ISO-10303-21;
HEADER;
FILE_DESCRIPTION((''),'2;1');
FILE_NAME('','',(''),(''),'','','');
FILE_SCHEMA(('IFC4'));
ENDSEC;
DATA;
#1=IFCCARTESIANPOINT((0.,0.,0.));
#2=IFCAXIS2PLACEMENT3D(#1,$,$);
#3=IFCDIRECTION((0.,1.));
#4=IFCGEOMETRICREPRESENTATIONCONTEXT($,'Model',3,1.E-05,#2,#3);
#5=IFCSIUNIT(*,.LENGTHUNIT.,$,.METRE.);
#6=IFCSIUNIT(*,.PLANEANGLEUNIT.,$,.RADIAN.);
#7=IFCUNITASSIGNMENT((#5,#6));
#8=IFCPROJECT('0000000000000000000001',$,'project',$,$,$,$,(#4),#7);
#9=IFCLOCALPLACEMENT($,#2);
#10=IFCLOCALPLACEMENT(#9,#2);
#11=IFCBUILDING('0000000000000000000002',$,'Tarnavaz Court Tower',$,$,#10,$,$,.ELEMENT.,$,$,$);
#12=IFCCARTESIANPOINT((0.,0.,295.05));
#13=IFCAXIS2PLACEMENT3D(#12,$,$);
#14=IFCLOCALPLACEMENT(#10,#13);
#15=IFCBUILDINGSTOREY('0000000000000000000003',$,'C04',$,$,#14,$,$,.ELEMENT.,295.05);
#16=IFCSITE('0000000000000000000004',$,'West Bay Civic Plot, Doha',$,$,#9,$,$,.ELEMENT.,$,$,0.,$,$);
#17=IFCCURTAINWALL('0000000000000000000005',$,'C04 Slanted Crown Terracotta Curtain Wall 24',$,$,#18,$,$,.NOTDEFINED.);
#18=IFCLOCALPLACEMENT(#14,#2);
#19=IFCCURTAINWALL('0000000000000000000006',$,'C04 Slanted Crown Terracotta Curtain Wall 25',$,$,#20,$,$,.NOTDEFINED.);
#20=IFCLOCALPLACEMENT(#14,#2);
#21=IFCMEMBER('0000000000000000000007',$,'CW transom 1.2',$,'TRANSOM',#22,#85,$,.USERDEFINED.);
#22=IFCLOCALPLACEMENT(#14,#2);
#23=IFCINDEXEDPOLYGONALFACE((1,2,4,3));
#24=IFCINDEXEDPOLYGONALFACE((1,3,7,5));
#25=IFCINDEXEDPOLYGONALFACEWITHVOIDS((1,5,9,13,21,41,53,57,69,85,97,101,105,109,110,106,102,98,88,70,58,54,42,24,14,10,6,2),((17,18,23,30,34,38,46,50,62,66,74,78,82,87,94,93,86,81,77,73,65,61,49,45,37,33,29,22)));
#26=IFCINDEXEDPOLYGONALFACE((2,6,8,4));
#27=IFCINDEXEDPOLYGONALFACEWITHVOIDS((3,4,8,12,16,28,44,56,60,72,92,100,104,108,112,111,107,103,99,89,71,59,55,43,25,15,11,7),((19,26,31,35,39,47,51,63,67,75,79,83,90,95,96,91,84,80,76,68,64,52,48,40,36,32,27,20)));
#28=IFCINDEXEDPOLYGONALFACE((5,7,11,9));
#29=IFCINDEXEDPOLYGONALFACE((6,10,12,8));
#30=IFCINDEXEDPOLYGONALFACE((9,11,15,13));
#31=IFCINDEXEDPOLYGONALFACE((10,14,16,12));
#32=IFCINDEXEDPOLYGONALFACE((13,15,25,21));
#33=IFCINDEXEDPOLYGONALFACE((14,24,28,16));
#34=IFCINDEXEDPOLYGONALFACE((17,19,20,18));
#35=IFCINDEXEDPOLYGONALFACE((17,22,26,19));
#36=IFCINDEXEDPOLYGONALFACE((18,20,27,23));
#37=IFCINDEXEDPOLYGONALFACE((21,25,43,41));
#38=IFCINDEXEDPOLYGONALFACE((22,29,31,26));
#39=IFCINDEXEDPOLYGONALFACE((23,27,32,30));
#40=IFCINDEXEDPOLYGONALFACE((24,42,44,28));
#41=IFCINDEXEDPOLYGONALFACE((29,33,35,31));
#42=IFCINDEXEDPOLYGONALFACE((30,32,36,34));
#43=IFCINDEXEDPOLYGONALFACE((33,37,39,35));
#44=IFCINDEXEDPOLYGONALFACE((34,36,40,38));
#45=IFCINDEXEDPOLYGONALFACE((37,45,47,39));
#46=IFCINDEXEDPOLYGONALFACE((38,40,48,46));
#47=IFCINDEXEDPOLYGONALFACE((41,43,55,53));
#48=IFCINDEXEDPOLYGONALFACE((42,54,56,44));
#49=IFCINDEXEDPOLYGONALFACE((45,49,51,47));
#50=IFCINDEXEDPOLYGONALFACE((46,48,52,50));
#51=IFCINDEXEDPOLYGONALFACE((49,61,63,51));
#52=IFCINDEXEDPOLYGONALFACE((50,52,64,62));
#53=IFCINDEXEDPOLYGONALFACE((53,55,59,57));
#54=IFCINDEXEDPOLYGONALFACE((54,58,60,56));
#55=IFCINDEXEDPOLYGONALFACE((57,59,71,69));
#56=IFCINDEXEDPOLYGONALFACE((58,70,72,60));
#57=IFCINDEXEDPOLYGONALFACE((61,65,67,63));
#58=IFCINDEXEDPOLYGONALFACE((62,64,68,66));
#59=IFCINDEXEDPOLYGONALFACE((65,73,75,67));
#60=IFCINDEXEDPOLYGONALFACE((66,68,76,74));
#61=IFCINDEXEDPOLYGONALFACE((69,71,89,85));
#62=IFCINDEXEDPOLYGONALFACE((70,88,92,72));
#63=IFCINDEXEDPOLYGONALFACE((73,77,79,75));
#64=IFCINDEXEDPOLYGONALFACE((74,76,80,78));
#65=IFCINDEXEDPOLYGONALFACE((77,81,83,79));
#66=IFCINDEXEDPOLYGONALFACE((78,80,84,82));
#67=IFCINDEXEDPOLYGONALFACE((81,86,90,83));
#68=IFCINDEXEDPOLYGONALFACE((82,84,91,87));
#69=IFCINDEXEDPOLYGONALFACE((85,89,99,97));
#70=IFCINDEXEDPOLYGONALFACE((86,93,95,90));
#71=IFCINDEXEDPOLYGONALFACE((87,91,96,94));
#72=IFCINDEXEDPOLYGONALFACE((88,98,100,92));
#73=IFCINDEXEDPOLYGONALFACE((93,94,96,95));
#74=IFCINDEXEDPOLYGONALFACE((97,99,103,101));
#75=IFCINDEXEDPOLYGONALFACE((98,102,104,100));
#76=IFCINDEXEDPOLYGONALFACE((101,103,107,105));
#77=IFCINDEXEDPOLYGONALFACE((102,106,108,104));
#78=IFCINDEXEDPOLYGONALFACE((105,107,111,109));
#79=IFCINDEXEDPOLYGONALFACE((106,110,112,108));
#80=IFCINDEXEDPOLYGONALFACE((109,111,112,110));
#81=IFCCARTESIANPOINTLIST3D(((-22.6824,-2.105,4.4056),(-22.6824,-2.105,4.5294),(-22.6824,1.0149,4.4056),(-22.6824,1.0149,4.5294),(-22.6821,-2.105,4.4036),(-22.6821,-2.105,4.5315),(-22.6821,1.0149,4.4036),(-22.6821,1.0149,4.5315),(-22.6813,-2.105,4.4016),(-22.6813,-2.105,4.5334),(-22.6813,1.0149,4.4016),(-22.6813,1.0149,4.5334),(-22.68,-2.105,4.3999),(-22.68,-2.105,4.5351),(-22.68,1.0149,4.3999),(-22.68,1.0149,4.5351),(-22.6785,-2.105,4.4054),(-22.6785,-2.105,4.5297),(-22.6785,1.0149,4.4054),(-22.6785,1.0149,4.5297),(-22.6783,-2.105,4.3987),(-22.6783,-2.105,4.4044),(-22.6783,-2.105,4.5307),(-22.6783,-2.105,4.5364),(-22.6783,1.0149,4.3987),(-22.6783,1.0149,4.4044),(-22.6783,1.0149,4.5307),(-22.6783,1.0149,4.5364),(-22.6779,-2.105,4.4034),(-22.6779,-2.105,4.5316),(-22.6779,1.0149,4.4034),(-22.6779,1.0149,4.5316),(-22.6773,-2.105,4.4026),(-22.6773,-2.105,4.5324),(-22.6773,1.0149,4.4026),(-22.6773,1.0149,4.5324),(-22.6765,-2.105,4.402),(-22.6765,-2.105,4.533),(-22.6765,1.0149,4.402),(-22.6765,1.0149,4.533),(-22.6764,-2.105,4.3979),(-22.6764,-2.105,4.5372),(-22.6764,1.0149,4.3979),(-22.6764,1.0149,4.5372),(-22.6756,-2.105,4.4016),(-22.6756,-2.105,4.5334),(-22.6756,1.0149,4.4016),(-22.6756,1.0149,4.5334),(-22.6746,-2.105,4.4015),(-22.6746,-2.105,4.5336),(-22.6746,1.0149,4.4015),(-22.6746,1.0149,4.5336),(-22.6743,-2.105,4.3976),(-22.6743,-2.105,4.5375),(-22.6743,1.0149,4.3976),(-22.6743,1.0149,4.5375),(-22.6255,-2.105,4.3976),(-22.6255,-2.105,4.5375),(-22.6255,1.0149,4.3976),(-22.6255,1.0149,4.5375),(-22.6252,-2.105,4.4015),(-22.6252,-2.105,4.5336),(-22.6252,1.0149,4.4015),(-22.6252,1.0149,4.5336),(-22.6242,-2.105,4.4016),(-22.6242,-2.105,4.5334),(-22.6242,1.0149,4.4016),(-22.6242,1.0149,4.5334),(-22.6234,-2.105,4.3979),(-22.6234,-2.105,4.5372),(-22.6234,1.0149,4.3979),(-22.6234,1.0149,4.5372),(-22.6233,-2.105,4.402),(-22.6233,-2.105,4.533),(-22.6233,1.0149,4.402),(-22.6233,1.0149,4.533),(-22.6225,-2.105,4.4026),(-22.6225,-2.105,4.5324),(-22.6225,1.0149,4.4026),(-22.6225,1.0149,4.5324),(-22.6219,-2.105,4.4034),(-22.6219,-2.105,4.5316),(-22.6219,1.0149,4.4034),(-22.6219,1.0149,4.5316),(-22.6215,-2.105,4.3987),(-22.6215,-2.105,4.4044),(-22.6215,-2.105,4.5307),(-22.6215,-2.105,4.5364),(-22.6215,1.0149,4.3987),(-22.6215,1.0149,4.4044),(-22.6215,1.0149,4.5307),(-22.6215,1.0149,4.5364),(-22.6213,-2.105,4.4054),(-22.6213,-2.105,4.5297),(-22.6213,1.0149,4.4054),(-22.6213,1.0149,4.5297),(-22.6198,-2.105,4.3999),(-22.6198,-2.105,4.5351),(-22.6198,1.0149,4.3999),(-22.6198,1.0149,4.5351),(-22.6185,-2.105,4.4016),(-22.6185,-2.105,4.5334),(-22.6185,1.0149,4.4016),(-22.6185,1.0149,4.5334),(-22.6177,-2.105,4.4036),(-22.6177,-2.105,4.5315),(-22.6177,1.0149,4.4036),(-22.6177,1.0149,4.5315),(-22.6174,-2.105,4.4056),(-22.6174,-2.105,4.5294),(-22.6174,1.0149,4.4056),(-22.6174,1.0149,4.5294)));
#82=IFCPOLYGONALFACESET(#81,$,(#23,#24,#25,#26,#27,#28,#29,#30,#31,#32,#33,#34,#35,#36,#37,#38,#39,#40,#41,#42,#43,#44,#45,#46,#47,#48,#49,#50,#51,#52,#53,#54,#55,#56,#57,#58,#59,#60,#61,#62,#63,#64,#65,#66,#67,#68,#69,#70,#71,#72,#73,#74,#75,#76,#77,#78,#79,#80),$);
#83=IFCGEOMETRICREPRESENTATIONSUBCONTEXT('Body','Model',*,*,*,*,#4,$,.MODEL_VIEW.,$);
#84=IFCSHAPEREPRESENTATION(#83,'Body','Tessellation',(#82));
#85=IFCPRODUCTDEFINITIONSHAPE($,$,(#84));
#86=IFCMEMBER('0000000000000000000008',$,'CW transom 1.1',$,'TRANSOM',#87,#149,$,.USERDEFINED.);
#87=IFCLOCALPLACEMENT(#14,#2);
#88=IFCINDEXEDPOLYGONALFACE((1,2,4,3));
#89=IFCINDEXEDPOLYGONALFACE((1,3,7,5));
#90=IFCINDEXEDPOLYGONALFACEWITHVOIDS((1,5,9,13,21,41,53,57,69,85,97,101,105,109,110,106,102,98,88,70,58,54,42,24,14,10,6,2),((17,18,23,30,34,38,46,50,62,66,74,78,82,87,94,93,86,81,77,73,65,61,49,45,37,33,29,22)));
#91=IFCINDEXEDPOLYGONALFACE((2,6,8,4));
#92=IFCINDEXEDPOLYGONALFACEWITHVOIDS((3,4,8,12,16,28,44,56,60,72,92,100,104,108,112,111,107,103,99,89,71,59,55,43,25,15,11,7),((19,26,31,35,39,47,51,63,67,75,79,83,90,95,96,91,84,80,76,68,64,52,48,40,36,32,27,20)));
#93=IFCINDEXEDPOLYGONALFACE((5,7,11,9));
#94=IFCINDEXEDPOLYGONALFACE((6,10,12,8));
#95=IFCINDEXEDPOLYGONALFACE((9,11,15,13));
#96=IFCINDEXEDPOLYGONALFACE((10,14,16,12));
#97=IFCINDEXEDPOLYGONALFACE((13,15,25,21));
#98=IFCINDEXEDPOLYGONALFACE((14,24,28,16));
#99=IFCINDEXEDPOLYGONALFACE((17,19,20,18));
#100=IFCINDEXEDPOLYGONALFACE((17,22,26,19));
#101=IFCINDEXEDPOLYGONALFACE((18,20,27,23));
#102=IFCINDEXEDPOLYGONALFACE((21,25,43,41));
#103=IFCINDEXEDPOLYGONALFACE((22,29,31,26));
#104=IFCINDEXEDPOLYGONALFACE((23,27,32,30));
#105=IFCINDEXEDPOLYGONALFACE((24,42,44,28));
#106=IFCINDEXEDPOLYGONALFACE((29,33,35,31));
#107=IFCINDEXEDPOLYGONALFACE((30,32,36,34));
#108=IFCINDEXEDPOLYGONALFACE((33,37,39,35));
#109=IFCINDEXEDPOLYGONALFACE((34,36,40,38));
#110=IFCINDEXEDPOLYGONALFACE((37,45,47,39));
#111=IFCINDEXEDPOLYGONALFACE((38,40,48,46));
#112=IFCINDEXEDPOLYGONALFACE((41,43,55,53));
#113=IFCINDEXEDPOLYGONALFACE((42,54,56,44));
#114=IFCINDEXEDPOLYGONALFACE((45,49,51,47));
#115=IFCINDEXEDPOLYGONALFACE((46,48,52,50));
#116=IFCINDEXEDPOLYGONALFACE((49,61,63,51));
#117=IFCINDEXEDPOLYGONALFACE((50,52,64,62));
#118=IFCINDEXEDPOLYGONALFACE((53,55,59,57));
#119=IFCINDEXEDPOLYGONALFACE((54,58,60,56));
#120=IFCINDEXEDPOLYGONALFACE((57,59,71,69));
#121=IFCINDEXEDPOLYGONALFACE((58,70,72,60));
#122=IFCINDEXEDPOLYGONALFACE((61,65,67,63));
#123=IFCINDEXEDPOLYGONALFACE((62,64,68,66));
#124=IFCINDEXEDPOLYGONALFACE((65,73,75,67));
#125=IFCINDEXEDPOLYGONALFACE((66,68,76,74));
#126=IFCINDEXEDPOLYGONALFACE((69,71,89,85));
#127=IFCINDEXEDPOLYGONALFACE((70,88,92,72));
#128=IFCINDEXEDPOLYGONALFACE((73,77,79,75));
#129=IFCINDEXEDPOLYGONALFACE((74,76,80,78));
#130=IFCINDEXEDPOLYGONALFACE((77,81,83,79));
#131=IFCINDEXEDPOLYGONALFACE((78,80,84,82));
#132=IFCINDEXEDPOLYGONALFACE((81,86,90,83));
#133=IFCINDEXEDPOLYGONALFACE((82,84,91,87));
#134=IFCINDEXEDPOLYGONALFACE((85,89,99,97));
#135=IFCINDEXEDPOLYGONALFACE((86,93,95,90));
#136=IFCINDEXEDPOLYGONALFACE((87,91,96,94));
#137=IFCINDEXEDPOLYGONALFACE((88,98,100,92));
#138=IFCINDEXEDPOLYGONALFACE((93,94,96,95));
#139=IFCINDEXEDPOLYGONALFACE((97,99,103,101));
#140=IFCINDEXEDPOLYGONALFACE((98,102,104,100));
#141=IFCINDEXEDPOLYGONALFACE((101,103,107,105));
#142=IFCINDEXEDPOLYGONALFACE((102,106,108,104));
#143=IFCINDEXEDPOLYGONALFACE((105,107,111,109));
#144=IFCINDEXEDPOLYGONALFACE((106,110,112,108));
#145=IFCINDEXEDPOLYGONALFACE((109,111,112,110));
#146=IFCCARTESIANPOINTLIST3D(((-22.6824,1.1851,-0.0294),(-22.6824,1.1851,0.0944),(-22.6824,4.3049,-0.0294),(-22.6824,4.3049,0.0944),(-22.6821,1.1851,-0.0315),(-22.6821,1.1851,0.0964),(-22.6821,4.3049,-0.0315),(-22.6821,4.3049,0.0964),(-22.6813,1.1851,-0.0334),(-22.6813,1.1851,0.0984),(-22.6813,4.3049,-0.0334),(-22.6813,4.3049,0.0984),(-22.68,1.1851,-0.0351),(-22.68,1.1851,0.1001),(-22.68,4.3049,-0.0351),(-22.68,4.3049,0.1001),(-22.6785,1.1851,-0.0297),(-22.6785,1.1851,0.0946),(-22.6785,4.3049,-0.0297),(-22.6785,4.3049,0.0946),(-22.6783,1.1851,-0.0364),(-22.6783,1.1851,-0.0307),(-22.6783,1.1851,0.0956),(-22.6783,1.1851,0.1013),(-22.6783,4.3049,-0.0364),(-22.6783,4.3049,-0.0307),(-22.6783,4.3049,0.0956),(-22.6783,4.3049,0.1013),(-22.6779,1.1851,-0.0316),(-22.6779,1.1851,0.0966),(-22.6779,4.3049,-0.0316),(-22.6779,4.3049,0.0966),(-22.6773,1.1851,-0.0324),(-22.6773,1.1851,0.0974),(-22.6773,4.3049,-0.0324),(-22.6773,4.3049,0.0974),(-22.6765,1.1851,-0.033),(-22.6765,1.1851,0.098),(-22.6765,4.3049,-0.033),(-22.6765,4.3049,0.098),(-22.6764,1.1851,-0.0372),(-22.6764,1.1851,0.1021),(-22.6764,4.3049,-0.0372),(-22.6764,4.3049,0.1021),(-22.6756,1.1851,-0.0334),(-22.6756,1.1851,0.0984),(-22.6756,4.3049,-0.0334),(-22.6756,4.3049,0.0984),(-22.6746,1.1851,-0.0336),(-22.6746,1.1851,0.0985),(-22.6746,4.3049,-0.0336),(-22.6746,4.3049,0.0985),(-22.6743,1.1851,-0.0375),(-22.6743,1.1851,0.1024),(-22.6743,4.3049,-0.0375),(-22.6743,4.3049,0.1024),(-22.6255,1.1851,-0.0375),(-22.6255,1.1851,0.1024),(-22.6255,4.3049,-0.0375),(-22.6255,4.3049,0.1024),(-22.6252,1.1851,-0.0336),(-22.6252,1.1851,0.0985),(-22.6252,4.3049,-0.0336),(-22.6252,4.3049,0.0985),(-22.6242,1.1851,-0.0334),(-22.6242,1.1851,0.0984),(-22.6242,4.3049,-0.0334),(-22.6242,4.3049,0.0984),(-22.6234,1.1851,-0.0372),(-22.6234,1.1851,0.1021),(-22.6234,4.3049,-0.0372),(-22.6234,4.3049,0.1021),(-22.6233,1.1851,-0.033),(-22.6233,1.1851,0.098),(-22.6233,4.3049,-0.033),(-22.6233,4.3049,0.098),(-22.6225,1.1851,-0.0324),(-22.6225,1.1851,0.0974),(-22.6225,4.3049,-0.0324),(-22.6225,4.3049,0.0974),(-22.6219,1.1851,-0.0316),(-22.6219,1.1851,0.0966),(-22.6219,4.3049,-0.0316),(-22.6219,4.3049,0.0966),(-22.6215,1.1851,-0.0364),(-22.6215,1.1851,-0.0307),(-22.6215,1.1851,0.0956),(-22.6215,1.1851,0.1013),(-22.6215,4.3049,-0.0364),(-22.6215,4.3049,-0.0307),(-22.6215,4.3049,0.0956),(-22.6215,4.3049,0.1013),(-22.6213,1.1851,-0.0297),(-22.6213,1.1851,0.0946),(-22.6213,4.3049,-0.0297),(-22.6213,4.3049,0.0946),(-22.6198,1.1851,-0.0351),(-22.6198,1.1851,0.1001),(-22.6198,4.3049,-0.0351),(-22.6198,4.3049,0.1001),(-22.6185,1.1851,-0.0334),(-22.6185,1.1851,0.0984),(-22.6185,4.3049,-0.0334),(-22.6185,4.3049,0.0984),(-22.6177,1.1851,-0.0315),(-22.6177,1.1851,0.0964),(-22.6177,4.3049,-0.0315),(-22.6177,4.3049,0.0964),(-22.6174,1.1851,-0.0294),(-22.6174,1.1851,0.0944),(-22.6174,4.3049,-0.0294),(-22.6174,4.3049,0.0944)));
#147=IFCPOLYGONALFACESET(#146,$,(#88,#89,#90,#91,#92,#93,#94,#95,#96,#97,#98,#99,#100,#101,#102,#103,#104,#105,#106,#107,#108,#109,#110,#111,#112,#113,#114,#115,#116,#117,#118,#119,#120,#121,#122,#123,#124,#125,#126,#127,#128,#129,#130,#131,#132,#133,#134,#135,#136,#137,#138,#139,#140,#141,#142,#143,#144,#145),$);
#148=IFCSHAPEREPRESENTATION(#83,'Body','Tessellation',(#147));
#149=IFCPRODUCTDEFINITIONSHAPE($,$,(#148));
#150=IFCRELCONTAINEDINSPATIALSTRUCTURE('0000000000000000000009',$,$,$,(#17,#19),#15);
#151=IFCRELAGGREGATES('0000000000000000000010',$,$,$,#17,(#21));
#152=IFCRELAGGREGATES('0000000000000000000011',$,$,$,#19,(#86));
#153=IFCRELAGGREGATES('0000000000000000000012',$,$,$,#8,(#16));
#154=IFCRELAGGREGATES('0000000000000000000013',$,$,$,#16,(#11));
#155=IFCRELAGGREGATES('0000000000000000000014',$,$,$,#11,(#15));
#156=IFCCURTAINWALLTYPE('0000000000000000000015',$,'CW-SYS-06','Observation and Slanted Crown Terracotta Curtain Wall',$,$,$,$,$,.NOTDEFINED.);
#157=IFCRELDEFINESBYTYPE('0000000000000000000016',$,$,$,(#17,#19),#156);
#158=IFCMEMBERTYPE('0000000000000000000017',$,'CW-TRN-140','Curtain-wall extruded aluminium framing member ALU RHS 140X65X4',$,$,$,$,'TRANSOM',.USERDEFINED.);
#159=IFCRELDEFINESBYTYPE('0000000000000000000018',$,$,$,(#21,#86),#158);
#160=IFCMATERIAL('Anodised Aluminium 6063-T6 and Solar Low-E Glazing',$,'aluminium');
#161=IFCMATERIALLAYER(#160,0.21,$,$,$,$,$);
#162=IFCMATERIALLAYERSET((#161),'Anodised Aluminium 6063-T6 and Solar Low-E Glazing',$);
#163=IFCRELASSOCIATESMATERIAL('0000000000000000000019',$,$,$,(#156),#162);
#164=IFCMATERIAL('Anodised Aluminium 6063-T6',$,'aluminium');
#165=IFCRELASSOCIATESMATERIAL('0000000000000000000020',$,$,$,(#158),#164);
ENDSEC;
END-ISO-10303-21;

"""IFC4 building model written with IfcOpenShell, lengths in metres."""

from ifc_helpers import new_model, si_unit, direction, frame, origin, origin_2d, place, context, subcontext, project, spatial, hollow_rectangle, extrude, material, layer, layer_set, material_profile, profile_set, type_object, element, aggregate, save


model = new_model("IFC4")

# Units and contexts
model_context = context("Model", 3, precision=1e-05, world=origin(), true_north=direction((0.0, 1.0)))
body_context = subcontext(model_context, "Body", "Model", "MODEL_VIEW")
ifc_project = project(units=[si_unit("LENGTHUNIT", "METRE"), si_unit("PLANEANGLEUNIT", "RADIAN")], contexts=[model_context])

# Site, building, storey
site_placement = place(None, origin())
site = spatial("IfcSite", under=ifc_project, at=site_placement, Name="West Bay Civic Plot, Doha", CompositionType="ELEMENT", RefElevation=0.0)
building_placement = place(site_placement, origin())
building = spatial("IfcBuilding", under=site, at=building_placement, Name="Tarnavaz Court Tower", CompositionType="ELEMENT")
storey_placement = place(building_placement, frame((0.0, 0.0, 295.05)))
storey = spatial("IfcBuildingStorey", under=building, at=storey_placement, Name="C04", CompositionType="ELEMENT", Elevation=295.05)

# Shared definitions
ifc_material_1 = material(Name="Anodised Aluminium 6063-T6 and Solar Low-E Glazing", Category="aluminium")
ifc_layer_1 = layer(ifc_material_1, 0.21)
ifc_layer_set_1 = layer_set([ifc_layer_1], Name="Anodised Aluminium 6063-T6 and Solar Low-E Glazing")
curtain_wall_type = type_object("IfcCurtainWallType", Name="CW-SYS-06", Description="Observation and Slanted Crown Terracotta Curtain Wall", PredefinedType="NOTDEFINED", material=ifc_layer_set_1)
ifc_material_2 = material(Name="Anodised Aluminium 6063-T6", Category="aluminium")

# Curtain walls
curtain_wall_1_placement = place(storey_placement, origin())
curtain_wall_1 = element("IfcCurtainWall", 1, at=curtain_wall_1_placement, inside=storey, type_object=curtain_wall_type, Name="C04 Slanted Crown Terracotta Curtain Wall 24", PredefinedType="NOTDEFINED")
curtain_wall_2_placement = place(storey_placement, origin())
curtain_wall_2 = element("IfcCurtainWall", 2, at=curtain_wall_2_placement, inside=storey, type_object=curtain_wall_type, Name="C04 Slanted Crown Terracotta Curtain Wall 25", PredefinedType="NOTDEFINED")

# Members
ifc_material_profile_1 = material_profile(ifc_material_2, hollow_rectangle(XDim=0.0649, YDim=0.1399, WallThickness=0.0039, InnerFilletRadius=0.0039, OuterFilletRadius=0.0081, at=origin_2d()), Name="ALU RHS 140X65X4")
ifc_profile_set_1 = profile_set([ifc_material_profile_1], Name="Anodised Aluminium 6063-T6")
member_type_1 = type_object("IfcMemberType", Name="CW-TRN-140", Description="Curtain-wall extruded aluminium framing member ALU RHS 140X65X4", ElementType="TRANSOM", PredefinedType="USERDEFINED", material=ifc_profile_set_1)
member_1_placement = place(storey_placement, frame((-22.6499, -2.105, 4.4675), z_axis=(0.0, 1.0, 0.0), x_axis=(-1.0, 0.0, 0.0)))
member_1 = element("IfcMember", 3, at=member_1_placement, type_object=member_type_1, Name="CW transom 1.2", ObjectType="TRANSOM", PredefinedType="USERDEFINED", context=body_context, shape_type="SweptSolid", body=[
    extrude(hollow_rectangle(XDim=0.0649, YDim=0.1399, WallThickness=0.0039, InnerFilletRadius=0.0039, OuterFilletRadius=0.0081, at=origin_2d()), origin(), (0.0, 0.0, 1.0), 3.1199),
])
member_2_placement = place(storey_placement, frame((-22.6499, 1.1851, 0.0325), z_axis=(0.0, 1.0, 0.0), x_axis=(-1.0, 0.0, 0.0)))
member_2 = element("IfcMember", 4, at=member_2_placement, type_object=member_type_1, Name="CW transom 1.1", ObjectType="TRANSOM", PredefinedType="USERDEFINED", context=body_context, shape_type="SweptSolid", body=[
    extrude(hollow_rectangle(XDim=0.0649, YDim=0.1399, WallThickness=0.0039, InnerFilletRadius=0.0039, OuterFilletRadius=0.0081, at=origin_2d()), origin(), (0.0, 0.0, 1.0), 3.1199),
])

aggregate(curtain_wall_1, [member_1])
aggregate(curtain_wall_2, [member_2])

save(model, "model.ifc")
